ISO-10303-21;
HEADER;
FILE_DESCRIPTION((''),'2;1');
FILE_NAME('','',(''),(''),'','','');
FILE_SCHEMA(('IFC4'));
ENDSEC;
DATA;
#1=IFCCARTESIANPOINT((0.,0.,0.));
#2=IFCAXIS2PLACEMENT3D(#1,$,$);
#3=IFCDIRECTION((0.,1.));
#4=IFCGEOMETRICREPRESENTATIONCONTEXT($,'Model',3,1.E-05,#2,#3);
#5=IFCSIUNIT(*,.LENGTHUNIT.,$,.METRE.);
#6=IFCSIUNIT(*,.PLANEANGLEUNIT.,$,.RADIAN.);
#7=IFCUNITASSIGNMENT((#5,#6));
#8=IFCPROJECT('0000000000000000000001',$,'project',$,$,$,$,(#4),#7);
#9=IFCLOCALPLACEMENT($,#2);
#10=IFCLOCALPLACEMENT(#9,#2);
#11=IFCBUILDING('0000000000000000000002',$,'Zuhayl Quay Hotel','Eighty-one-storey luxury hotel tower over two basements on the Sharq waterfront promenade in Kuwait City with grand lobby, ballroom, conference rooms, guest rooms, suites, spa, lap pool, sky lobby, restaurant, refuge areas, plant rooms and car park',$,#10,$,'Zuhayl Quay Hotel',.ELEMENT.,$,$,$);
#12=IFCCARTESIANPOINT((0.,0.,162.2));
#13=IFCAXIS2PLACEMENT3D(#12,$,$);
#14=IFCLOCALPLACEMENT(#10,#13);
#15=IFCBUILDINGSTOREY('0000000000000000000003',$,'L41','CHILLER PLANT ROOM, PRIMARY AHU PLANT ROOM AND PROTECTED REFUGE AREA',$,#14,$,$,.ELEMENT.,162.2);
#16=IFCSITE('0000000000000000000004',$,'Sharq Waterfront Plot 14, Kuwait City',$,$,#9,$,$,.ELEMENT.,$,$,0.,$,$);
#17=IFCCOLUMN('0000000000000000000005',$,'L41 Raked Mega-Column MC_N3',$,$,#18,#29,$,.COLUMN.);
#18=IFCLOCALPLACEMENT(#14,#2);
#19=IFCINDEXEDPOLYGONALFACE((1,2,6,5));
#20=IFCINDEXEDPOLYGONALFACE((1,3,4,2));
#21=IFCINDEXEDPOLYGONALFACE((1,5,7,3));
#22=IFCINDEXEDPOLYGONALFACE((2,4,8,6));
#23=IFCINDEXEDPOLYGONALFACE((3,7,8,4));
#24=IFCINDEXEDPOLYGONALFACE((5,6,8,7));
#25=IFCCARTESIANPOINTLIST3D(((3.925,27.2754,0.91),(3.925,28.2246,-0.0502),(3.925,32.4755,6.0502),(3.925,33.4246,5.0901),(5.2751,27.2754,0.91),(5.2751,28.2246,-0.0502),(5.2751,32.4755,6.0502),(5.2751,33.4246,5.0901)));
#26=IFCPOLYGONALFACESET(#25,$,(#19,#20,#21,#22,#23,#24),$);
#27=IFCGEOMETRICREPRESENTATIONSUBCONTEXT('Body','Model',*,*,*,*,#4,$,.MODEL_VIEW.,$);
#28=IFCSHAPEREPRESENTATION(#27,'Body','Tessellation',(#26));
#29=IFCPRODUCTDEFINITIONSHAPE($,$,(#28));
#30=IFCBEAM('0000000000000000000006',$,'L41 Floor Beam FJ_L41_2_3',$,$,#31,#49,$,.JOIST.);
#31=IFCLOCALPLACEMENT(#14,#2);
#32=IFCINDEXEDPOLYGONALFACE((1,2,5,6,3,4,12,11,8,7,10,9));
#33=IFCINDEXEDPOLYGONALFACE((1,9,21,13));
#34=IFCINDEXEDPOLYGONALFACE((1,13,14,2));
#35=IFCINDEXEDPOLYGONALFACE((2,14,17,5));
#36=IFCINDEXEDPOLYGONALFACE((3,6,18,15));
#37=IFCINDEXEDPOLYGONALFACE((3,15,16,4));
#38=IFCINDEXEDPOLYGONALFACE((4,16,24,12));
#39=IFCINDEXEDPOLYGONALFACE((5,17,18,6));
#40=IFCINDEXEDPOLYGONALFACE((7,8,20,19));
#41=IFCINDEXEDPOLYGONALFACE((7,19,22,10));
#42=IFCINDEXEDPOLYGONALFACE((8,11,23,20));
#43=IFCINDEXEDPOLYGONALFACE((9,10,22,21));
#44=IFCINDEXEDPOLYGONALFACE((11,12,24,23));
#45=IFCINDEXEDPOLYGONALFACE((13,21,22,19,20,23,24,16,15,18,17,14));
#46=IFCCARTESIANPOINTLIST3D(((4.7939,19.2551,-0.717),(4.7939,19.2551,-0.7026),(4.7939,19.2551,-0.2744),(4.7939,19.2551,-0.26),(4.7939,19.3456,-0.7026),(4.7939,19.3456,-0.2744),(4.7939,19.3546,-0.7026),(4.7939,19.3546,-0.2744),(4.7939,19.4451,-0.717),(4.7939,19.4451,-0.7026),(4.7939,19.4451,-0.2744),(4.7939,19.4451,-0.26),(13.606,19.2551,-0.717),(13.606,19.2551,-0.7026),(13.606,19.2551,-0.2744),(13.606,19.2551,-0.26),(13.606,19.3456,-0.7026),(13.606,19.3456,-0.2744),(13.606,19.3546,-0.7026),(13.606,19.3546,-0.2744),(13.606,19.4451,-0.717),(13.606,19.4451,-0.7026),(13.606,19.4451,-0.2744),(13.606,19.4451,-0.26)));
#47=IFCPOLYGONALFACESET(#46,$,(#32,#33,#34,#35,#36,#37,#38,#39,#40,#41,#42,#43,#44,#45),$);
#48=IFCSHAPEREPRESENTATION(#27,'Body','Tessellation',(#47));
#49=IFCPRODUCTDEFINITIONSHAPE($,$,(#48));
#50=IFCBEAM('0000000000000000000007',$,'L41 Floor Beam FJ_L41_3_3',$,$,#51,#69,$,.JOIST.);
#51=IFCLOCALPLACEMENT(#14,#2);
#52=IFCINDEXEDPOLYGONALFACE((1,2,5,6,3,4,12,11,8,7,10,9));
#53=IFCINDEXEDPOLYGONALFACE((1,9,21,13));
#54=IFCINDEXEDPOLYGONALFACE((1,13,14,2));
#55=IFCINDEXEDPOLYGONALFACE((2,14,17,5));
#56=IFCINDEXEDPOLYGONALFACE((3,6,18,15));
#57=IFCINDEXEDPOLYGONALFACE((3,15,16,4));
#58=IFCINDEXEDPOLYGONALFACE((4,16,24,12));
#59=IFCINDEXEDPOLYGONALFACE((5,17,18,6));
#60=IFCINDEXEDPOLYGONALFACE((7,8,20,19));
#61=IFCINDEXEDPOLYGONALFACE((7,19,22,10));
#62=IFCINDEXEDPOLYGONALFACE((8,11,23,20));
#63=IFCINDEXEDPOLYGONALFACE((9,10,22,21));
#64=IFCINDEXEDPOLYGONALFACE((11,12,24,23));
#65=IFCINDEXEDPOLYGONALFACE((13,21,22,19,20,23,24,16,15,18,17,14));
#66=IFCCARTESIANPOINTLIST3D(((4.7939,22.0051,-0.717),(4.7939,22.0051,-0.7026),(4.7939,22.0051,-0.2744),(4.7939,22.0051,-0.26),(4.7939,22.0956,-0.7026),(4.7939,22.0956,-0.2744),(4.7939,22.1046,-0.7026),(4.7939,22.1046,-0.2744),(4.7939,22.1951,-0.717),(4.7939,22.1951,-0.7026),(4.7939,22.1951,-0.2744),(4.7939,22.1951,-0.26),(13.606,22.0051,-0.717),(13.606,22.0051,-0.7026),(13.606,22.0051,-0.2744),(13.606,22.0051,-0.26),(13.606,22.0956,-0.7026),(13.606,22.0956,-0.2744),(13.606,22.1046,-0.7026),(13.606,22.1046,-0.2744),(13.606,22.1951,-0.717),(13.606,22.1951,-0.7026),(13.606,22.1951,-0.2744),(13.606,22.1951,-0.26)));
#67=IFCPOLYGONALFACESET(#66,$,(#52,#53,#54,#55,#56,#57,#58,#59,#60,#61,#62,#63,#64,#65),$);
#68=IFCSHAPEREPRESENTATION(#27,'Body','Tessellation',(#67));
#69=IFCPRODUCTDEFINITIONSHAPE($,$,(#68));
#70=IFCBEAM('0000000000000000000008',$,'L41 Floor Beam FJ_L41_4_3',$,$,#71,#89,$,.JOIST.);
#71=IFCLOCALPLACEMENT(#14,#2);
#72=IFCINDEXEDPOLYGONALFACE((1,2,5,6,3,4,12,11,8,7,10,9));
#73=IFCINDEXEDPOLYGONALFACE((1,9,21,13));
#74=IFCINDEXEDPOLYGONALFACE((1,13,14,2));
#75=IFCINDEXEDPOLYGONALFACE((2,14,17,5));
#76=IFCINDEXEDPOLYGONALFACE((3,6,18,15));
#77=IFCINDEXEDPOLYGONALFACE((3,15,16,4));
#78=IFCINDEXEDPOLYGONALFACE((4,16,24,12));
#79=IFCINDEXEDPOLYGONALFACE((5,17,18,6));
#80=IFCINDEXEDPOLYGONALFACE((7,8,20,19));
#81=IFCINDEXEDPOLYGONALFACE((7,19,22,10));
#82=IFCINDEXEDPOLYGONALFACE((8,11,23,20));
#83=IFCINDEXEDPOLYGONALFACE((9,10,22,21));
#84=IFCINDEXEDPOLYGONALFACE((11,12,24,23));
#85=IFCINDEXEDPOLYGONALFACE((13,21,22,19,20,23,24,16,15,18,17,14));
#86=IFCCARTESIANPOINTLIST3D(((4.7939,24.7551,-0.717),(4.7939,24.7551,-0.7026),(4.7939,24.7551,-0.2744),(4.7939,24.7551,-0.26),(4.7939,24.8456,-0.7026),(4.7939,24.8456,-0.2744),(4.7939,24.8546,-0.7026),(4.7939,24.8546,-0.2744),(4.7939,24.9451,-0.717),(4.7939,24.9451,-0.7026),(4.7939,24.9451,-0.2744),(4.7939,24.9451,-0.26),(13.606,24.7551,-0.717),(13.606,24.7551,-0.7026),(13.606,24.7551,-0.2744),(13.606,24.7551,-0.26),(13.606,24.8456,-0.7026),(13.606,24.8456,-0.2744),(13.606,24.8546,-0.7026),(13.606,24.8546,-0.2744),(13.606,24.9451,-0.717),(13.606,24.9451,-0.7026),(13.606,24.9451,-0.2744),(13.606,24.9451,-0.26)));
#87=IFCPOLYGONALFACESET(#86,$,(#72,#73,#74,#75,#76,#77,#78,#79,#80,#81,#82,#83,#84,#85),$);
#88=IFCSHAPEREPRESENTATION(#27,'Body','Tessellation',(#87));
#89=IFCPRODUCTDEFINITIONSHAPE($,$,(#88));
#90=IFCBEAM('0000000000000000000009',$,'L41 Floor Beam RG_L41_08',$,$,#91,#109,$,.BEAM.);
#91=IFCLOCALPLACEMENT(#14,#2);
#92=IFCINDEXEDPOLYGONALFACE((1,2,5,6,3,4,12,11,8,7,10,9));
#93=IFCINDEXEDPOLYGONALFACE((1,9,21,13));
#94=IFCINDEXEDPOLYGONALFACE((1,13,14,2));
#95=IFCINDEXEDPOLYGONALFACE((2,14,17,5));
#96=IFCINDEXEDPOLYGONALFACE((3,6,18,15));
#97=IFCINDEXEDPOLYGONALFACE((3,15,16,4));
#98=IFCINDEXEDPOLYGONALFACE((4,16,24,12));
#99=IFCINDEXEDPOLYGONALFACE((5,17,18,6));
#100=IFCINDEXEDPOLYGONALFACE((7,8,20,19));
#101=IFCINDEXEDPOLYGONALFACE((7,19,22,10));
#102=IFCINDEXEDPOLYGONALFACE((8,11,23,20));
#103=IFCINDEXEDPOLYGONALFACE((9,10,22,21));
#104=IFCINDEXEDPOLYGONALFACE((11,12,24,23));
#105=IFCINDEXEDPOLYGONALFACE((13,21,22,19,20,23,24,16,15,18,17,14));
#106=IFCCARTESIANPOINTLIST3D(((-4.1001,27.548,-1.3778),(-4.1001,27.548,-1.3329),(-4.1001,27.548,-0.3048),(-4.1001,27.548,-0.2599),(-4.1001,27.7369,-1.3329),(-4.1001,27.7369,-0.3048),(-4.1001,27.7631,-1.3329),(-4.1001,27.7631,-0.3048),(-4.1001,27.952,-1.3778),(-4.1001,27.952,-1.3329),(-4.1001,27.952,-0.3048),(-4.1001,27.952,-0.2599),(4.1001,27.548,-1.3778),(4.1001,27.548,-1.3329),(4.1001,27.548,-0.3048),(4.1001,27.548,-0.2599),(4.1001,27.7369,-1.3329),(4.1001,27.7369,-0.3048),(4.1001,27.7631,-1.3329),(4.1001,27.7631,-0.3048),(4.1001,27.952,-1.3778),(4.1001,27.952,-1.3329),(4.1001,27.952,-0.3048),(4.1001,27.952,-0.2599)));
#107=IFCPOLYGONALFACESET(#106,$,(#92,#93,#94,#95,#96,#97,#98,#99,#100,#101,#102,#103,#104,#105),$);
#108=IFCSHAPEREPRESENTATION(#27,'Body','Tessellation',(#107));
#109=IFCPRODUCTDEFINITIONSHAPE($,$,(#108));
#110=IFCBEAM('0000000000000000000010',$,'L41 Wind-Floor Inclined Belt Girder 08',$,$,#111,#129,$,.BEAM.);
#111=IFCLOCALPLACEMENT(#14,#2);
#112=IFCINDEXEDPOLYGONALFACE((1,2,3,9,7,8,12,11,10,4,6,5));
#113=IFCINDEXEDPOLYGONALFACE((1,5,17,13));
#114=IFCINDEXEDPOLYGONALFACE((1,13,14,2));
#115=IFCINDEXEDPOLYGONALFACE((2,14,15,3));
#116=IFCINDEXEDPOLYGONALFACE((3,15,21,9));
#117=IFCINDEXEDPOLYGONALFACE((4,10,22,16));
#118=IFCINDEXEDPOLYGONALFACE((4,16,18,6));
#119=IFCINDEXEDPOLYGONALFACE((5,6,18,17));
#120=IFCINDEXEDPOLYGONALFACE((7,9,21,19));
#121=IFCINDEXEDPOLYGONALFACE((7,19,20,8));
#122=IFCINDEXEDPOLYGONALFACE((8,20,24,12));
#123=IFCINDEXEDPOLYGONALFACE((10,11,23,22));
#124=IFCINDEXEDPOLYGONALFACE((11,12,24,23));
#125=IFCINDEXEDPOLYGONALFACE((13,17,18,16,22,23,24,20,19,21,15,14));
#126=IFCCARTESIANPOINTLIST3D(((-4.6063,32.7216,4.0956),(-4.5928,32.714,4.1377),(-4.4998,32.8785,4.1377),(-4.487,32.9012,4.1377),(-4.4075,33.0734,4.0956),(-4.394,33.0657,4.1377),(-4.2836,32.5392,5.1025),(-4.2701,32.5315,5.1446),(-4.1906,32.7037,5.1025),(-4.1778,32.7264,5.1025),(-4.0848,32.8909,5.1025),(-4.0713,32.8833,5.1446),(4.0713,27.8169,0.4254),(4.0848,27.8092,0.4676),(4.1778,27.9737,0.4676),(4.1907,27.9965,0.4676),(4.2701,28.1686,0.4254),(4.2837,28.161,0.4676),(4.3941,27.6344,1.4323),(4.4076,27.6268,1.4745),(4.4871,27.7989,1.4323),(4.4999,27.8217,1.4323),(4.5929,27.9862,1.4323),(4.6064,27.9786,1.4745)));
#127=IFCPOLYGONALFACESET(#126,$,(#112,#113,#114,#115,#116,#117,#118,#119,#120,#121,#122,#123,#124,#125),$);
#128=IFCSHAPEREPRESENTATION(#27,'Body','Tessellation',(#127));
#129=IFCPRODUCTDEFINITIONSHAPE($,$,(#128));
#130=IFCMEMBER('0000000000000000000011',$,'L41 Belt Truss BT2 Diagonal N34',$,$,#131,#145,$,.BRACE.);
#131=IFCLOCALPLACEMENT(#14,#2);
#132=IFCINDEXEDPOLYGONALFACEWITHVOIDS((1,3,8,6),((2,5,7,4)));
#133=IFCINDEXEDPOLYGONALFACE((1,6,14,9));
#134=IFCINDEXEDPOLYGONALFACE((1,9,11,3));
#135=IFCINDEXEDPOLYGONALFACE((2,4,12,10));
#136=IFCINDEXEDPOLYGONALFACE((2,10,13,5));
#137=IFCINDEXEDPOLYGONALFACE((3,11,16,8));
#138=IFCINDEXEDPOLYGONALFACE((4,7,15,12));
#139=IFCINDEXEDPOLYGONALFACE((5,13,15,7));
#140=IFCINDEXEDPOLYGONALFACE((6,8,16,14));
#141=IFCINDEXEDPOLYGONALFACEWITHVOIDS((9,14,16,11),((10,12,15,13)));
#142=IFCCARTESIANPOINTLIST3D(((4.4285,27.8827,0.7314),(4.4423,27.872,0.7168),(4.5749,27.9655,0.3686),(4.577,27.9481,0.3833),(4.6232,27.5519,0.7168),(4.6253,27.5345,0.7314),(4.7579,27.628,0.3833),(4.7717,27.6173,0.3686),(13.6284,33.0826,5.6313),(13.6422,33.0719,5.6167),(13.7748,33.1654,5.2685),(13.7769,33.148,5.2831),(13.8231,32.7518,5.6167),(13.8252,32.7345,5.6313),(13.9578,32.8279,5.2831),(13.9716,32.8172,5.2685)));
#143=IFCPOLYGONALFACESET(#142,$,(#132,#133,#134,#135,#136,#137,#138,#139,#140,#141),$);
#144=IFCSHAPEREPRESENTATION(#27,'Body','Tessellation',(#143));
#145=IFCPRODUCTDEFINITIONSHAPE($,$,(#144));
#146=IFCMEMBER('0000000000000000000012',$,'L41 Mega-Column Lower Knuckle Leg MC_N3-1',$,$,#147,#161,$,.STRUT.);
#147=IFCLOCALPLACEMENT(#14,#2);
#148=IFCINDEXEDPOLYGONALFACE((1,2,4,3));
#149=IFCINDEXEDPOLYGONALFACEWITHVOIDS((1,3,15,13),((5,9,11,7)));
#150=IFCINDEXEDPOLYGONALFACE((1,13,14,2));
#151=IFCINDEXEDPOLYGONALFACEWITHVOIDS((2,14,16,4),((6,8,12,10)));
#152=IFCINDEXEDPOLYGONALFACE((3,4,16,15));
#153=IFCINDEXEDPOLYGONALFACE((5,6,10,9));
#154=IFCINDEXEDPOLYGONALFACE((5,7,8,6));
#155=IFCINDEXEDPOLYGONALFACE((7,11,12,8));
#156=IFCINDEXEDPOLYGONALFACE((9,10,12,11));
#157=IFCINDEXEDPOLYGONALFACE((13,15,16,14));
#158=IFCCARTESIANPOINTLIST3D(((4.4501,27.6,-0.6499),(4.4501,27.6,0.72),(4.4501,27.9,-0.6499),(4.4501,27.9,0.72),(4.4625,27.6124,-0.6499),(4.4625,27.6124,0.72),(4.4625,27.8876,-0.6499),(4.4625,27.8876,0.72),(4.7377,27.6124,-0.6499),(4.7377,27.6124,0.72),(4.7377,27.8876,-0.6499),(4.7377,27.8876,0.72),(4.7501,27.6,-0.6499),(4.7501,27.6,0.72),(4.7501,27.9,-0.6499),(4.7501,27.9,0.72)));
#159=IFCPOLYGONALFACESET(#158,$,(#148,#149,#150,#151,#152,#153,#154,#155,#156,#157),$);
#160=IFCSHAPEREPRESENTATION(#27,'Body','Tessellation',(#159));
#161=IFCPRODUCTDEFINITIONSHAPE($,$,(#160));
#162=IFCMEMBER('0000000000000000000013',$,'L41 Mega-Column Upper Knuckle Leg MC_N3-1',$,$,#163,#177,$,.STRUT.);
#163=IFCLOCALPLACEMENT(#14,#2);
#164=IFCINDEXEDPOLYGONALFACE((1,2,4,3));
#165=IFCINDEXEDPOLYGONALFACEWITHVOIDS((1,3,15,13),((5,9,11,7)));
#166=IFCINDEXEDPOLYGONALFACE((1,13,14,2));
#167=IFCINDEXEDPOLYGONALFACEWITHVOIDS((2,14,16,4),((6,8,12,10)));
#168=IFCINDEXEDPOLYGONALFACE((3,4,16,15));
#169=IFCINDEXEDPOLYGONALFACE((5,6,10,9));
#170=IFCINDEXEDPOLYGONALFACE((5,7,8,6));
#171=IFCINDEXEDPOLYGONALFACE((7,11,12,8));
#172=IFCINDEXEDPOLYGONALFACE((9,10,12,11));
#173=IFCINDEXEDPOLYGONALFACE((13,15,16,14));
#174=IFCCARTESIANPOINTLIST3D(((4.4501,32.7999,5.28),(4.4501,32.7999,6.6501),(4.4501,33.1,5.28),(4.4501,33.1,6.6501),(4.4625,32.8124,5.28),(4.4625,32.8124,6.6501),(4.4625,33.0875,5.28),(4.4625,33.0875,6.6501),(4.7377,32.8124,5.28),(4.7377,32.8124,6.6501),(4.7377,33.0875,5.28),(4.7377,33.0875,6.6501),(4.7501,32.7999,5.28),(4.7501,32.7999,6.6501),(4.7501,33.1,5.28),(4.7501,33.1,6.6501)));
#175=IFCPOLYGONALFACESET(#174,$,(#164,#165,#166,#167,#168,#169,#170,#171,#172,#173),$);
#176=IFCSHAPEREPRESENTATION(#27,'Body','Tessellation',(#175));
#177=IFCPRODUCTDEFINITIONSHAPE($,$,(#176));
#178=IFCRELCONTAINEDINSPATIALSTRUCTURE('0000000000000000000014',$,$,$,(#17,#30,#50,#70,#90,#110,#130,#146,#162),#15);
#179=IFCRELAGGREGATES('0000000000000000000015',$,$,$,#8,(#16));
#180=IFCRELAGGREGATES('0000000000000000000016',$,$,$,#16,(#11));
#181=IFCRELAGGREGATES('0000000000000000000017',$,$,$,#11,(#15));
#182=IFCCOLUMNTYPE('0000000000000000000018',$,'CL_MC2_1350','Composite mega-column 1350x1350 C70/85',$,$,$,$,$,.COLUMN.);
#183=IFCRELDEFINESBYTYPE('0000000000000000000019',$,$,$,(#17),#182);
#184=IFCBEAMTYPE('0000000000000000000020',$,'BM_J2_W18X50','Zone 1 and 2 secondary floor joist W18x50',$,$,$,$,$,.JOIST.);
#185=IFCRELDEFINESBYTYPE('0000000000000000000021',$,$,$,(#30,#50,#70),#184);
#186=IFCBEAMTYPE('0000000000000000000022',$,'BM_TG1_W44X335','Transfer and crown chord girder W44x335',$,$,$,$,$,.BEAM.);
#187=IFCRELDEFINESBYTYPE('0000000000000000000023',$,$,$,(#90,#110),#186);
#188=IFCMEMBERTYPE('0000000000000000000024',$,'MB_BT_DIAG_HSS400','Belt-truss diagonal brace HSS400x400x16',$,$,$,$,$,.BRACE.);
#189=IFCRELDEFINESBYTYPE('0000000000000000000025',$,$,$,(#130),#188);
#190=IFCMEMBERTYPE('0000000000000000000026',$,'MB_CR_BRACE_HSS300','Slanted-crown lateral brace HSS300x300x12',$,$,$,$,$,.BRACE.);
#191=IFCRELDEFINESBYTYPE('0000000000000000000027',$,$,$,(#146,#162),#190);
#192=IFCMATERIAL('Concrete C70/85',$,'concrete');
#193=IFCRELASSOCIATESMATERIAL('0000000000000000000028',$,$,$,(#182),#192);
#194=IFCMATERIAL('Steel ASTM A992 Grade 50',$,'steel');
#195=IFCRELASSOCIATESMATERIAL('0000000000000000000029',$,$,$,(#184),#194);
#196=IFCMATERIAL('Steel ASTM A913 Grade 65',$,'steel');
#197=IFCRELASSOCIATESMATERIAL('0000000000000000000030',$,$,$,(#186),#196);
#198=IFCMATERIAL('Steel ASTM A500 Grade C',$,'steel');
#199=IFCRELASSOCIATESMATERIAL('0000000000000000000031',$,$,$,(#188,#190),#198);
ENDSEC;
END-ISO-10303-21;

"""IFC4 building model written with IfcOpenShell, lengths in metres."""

from ifc_helpers import new_model, si_unit, direction, frame, origin, origin_2d, place, context, subcontext, project, spatial, rectangle, hollow_rectangle, i_section, extrude, material, material_profile, profile_set, type_object, element, save


model = new_model("IFC4")

# Units and contexts
model_context = context("Model", 3, precision=1e-05, world=origin(), true_north=direction((0.0, 1.0)))
body_context = subcontext(model_context, "Body", "Model", "MODEL_VIEW")
ifc_project = project(units=[si_unit("LENGTHUNIT", "METRE"), si_unit("PLANEANGLEUNIT", "RADIAN")], contexts=[model_context])

# Site, building, storey
site_placement = place(None, origin())
site = spatial("IfcSite", under=ifc_project, at=site_placement, Name="Sharq Waterfront Plot 14, Kuwait City", CompositionType="ELEMENT", RefElevation=0.0)
building_placement = place(site_placement, origin())
building = spatial("IfcBuilding", under=site, at=building_placement, Name="Zuhayl Quay Hotel", Description="Eighty-one-storey luxury hotel tower over two basements on the Sharq waterfront promenade in Kuwait City with grand lobby, ballroom, conference rooms, guest rooms, suites, spa, lap pool, sky lobby, restaurant, refuge areas, plant rooms and car park", LongName="Zuhayl Quay Hotel", CompositionType="ELEMENT")
storey_placement = place(building_placement, frame((0.0, 0.0, 162.2)))
storey = spatial("IfcBuildingStorey", under=building, at=storey_placement, Name="L41", Description="CHILLER PLANT ROOM, PRIMARY AHU PLANT ROOM AND PROTECTED REFUGE AREA", CompositionType="ELEMENT", Elevation=162.2)

# Column
ifc_material_1 = material(Name="Concrete C70/85", Category="concrete")
ifc_material_profile_1 = material_profile(ifc_material_1, rectangle(XDim=1.3501, YDim=1.3501, at=origin_2d()), Name="RC1350X1350")
ifc_profile_set_1 = profile_set([ifc_material_profile_1], Name="Concrete C70/85")
column_type = type_object("IfcColumnType", Name="CL_MC2_1350", Description="Composite mega-column 1350x1350 C70/85", PredefinedType="COLUMN", material=ifc_profile_set_1)
column_placement = place(storey_placement, frame((4.6001, 27.75, 0.4299), z_axis=(0.0, 0.711185, 0.703005), x_axis=(-1.0, 0.0, 0.0)))
element("IfcColumn", 1, at=column_placement, inside=storey, type_object=column_type, Name="L41 Raked Mega-Column MC_N3", PredefinedType="COLUMN", context=body_context, shape_type="SweptSolid", body=[
    extrude(rectangle(XDim=1.3501, YDim=1.3501, at=origin_2d()), origin(), (0.0, 0.0, 1.0), 7.3118),
])

# Beams
ifc_material_2 = material(Name="Steel ASTM A992 Grade 50", Category="steel")
ifc_material_profile_2 = material_profile(ifc_material_2, i_section(OverallWidth=0.1899, OverallDepth=0.457, WebThickness=0.009, FlangeThickness=0.0144, at=origin_2d()), Name="W18X50")
ifc_profile_set_2 = profile_set([ifc_material_profile_2], Name="Steel ASTM A992 Grade 50")
beam_type_1 = type_object("IfcBeamType", Name="BM_J2_W18X50", Description="Zone 1 and 2 secondary floor joist W18x50", PredefinedType="JOIST", material=ifc_profile_set_2)
for number, where, z_axis, x_axis, name in (
    (2, (4.7939, 19.3501, -0.4885), (1.0, 0.0, 0.0), (0.0, 1.0, 0.0), "L41 Floor Beam FJ_L41_2_3"),
    (3, (4.7939, 22.1001, -0.4885), (1.0, 0.0, 0.0), (0.0, 1.0, 0.0), "L41 Floor Beam FJ_L41_3_3"),
    (4, (4.7939, 24.8501, -0.4885), (1.0, 0.0, 0.0), (0.0, 1.0, 0.0), "L41 Floor Beam FJ_L41_4_3"),
):
    element("IfcBeam", number, at=place(storey_placement, frame(where, z_axis=z_axis, x_axis=x_axis)), inside=storey, type_object=beam_type_1, Name=name, PredefinedType="JOIST", context=body_context, shape_type="SweptSolid", body=[
        extrude(i_section(OverallWidth=0.1899, OverallDepth=0.457, WebThickness=0.009, FlangeThickness=0.0144, at=origin_2d()), origin(), (0.0, 0.0, 1.0), 8.812),
    ])
ifc_material_3 = material(Name="Steel ASTM A913 Grade 65", Category="steel")
ifc_material_profile_3 = material_profile(ifc_material_3, i_section(OverallWidth=0.4041, OverallDepth=1.1179, WebThickness=0.0261, FlangeThickness=0.0449, at=origin_2d()), Name="W44X335")
ifc_profile_set_3 = profile_set([ifc_material_profile_3], Name="Steel ASTM A913 Grade 65")
beam_type_2 = type_object("IfcBeamType", Name="BM_TG1_W44X335", Description="Transfer and crown chord girder W44x335", PredefinedType="BEAM", material=ifc_profile_set_3)
beam_1_placement = place(storey_placement, frame((4.1001, 27.75, -0.8188), z_axis=(-1.0, 0.0, 0.0), x_axis=(0.0, -1.0, 0.0)))
element("IfcBeam", 5, at=beam_1_placement, inside=storey, type_object=beam_type_2, Name="L41 Floor Beam RG_L41_08", PredefinedType="BEAM", context=body_context, shape_type="SweptSolid", body=[
    extrude(i_section(OverallWidth=0.4041, OverallDepth=1.1179, WebThickness=0.0261, FlangeThickness=0.0449, at=origin_2d()), origin(), (0.0, 0.0, 1.0), 8.2002),
])
beam_2_placement = place(storey_placement, frame((4.3389, 27.8977, 0.95), z_axis=(-0.816947, 0.461751, 0.34552), x_axis=(-0.492056, -0.870564, 0.0)))
element("IfcBeam", 6, at=beam_2_placement, inside=storey, type_object=beam_type_2, Name="L41 Wind-Floor Inclined Belt Girder 08", PredefinedType="BEAM", context=body_context, shape_type="SweptSolid", body=[
    extrude(i_section(OverallWidth=0.4041, OverallDepth=1.1179, WebThickness=0.0261, FlangeThickness=0.0449, at=origin_2d()), origin(), (0.0, 0.0, 1.0), 10.6221),
])

# Members
ifc_material_4 = material(Name="Steel ASTM A500 Grade C", Category="steel")
ifc_material_profile_4 = material_profile(ifc_material_4, hollow_rectangle(XDim=0.3999, YDim=0.3999, WallThickness=0.0161, at=origin_2d()), Name="HSS400X400X16")
ifc_profile_set_4 = profile_set([ifc_material_profile_4], Name="Steel ASTM A500 Grade C")
member_type_1 = type_object("IfcMemberType", Name="MB_BT_DIAG_HSS400", Description="Belt-truss diagonal brace HSS400x400x16", PredefinedType="BRACE", material=ifc_profile_set_4)
member_1_placement = place(storey_placement, frame((4.6001, 27.75, 0.55), z_axis=(0.789797, 0.446405, 0.420647), x_axis=(-0.492056, 0.870564, 0.0)))
element("IfcMember", 7, at=member_1_placement, inside=storey, type_object=member_type_1, Name="L41 Belt Truss BT2 Diagonal N34", PredefinedType="BRACE", context=body_context, shape_type="SweptSolid", body=[
    extrude(hollow_rectangle(XDim=0.3999, YDim=0.3999, WallThickness=0.0161, at=origin_2d()), origin(), (0.0, 0.0, 1.0), 11.6484),
])
ifc_material_profile_5 = material_profile(ifc_material_4, hollow_rectangle(XDim=0.3, YDim=0.3, WallThickness=0.0125, at=origin_2d()), Name="HSS300X300X12")
ifc_profile_set_5 = profile_set([ifc_material_profile_5], Name="Steel ASTM A500 Grade C")
member_type_2 = type_object("IfcMemberType", Name="MB_CR_BRACE_HSS300", Description="Slanted-crown lateral brace HSS300x300x12", PredefinedType="BRACE", material=ifc_profile_set_5)
member_2_placement = place(storey_placement, frame((4.6001, 27.75, -0.6499), z_axis=(0.0, 0.0, 1.0), x_axis=(1.0, 0.0, 0.0)))
element("IfcMember", 8, at=member_2_placement, inside=storey, type_object=member_type_2, Name="L41 Mega-Column Lower Knuckle Leg MC_N3-1", PredefinedType="STRUT", context=body_context, shape_type="SweptSolid", body=[
    extrude(hollow_rectangle(XDim=0.3, YDim=0.3, WallThickness=0.0125, at=origin_2d()), origin(), (0.0, 0.0, 1.0), 1.3699),
])
member_3_placement = place(storey_placement, frame((4.6001, 32.95, 5.28), z_axis=(0.0, 0.0, 1.0), x_axis=(1.0, 0.0, 0.0)))
element("IfcMember", 9, at=member_3_placement, inside=storey, type_object=member_type_2, Name="L41 Mega-Column Upper Knuckle Leg MC_N3-1", PredefinedType="STRUT", context=body_context, shape_type="SweptSolid", body=[
    extrude(hollow_rectangle(XDim=0.3, YDim=0.3, WallThickness=0.0125, at=origin_2d()), origin(), (0.0, 0.0, 1.0), 1.3701),
])

save(model, "model.ifc")
